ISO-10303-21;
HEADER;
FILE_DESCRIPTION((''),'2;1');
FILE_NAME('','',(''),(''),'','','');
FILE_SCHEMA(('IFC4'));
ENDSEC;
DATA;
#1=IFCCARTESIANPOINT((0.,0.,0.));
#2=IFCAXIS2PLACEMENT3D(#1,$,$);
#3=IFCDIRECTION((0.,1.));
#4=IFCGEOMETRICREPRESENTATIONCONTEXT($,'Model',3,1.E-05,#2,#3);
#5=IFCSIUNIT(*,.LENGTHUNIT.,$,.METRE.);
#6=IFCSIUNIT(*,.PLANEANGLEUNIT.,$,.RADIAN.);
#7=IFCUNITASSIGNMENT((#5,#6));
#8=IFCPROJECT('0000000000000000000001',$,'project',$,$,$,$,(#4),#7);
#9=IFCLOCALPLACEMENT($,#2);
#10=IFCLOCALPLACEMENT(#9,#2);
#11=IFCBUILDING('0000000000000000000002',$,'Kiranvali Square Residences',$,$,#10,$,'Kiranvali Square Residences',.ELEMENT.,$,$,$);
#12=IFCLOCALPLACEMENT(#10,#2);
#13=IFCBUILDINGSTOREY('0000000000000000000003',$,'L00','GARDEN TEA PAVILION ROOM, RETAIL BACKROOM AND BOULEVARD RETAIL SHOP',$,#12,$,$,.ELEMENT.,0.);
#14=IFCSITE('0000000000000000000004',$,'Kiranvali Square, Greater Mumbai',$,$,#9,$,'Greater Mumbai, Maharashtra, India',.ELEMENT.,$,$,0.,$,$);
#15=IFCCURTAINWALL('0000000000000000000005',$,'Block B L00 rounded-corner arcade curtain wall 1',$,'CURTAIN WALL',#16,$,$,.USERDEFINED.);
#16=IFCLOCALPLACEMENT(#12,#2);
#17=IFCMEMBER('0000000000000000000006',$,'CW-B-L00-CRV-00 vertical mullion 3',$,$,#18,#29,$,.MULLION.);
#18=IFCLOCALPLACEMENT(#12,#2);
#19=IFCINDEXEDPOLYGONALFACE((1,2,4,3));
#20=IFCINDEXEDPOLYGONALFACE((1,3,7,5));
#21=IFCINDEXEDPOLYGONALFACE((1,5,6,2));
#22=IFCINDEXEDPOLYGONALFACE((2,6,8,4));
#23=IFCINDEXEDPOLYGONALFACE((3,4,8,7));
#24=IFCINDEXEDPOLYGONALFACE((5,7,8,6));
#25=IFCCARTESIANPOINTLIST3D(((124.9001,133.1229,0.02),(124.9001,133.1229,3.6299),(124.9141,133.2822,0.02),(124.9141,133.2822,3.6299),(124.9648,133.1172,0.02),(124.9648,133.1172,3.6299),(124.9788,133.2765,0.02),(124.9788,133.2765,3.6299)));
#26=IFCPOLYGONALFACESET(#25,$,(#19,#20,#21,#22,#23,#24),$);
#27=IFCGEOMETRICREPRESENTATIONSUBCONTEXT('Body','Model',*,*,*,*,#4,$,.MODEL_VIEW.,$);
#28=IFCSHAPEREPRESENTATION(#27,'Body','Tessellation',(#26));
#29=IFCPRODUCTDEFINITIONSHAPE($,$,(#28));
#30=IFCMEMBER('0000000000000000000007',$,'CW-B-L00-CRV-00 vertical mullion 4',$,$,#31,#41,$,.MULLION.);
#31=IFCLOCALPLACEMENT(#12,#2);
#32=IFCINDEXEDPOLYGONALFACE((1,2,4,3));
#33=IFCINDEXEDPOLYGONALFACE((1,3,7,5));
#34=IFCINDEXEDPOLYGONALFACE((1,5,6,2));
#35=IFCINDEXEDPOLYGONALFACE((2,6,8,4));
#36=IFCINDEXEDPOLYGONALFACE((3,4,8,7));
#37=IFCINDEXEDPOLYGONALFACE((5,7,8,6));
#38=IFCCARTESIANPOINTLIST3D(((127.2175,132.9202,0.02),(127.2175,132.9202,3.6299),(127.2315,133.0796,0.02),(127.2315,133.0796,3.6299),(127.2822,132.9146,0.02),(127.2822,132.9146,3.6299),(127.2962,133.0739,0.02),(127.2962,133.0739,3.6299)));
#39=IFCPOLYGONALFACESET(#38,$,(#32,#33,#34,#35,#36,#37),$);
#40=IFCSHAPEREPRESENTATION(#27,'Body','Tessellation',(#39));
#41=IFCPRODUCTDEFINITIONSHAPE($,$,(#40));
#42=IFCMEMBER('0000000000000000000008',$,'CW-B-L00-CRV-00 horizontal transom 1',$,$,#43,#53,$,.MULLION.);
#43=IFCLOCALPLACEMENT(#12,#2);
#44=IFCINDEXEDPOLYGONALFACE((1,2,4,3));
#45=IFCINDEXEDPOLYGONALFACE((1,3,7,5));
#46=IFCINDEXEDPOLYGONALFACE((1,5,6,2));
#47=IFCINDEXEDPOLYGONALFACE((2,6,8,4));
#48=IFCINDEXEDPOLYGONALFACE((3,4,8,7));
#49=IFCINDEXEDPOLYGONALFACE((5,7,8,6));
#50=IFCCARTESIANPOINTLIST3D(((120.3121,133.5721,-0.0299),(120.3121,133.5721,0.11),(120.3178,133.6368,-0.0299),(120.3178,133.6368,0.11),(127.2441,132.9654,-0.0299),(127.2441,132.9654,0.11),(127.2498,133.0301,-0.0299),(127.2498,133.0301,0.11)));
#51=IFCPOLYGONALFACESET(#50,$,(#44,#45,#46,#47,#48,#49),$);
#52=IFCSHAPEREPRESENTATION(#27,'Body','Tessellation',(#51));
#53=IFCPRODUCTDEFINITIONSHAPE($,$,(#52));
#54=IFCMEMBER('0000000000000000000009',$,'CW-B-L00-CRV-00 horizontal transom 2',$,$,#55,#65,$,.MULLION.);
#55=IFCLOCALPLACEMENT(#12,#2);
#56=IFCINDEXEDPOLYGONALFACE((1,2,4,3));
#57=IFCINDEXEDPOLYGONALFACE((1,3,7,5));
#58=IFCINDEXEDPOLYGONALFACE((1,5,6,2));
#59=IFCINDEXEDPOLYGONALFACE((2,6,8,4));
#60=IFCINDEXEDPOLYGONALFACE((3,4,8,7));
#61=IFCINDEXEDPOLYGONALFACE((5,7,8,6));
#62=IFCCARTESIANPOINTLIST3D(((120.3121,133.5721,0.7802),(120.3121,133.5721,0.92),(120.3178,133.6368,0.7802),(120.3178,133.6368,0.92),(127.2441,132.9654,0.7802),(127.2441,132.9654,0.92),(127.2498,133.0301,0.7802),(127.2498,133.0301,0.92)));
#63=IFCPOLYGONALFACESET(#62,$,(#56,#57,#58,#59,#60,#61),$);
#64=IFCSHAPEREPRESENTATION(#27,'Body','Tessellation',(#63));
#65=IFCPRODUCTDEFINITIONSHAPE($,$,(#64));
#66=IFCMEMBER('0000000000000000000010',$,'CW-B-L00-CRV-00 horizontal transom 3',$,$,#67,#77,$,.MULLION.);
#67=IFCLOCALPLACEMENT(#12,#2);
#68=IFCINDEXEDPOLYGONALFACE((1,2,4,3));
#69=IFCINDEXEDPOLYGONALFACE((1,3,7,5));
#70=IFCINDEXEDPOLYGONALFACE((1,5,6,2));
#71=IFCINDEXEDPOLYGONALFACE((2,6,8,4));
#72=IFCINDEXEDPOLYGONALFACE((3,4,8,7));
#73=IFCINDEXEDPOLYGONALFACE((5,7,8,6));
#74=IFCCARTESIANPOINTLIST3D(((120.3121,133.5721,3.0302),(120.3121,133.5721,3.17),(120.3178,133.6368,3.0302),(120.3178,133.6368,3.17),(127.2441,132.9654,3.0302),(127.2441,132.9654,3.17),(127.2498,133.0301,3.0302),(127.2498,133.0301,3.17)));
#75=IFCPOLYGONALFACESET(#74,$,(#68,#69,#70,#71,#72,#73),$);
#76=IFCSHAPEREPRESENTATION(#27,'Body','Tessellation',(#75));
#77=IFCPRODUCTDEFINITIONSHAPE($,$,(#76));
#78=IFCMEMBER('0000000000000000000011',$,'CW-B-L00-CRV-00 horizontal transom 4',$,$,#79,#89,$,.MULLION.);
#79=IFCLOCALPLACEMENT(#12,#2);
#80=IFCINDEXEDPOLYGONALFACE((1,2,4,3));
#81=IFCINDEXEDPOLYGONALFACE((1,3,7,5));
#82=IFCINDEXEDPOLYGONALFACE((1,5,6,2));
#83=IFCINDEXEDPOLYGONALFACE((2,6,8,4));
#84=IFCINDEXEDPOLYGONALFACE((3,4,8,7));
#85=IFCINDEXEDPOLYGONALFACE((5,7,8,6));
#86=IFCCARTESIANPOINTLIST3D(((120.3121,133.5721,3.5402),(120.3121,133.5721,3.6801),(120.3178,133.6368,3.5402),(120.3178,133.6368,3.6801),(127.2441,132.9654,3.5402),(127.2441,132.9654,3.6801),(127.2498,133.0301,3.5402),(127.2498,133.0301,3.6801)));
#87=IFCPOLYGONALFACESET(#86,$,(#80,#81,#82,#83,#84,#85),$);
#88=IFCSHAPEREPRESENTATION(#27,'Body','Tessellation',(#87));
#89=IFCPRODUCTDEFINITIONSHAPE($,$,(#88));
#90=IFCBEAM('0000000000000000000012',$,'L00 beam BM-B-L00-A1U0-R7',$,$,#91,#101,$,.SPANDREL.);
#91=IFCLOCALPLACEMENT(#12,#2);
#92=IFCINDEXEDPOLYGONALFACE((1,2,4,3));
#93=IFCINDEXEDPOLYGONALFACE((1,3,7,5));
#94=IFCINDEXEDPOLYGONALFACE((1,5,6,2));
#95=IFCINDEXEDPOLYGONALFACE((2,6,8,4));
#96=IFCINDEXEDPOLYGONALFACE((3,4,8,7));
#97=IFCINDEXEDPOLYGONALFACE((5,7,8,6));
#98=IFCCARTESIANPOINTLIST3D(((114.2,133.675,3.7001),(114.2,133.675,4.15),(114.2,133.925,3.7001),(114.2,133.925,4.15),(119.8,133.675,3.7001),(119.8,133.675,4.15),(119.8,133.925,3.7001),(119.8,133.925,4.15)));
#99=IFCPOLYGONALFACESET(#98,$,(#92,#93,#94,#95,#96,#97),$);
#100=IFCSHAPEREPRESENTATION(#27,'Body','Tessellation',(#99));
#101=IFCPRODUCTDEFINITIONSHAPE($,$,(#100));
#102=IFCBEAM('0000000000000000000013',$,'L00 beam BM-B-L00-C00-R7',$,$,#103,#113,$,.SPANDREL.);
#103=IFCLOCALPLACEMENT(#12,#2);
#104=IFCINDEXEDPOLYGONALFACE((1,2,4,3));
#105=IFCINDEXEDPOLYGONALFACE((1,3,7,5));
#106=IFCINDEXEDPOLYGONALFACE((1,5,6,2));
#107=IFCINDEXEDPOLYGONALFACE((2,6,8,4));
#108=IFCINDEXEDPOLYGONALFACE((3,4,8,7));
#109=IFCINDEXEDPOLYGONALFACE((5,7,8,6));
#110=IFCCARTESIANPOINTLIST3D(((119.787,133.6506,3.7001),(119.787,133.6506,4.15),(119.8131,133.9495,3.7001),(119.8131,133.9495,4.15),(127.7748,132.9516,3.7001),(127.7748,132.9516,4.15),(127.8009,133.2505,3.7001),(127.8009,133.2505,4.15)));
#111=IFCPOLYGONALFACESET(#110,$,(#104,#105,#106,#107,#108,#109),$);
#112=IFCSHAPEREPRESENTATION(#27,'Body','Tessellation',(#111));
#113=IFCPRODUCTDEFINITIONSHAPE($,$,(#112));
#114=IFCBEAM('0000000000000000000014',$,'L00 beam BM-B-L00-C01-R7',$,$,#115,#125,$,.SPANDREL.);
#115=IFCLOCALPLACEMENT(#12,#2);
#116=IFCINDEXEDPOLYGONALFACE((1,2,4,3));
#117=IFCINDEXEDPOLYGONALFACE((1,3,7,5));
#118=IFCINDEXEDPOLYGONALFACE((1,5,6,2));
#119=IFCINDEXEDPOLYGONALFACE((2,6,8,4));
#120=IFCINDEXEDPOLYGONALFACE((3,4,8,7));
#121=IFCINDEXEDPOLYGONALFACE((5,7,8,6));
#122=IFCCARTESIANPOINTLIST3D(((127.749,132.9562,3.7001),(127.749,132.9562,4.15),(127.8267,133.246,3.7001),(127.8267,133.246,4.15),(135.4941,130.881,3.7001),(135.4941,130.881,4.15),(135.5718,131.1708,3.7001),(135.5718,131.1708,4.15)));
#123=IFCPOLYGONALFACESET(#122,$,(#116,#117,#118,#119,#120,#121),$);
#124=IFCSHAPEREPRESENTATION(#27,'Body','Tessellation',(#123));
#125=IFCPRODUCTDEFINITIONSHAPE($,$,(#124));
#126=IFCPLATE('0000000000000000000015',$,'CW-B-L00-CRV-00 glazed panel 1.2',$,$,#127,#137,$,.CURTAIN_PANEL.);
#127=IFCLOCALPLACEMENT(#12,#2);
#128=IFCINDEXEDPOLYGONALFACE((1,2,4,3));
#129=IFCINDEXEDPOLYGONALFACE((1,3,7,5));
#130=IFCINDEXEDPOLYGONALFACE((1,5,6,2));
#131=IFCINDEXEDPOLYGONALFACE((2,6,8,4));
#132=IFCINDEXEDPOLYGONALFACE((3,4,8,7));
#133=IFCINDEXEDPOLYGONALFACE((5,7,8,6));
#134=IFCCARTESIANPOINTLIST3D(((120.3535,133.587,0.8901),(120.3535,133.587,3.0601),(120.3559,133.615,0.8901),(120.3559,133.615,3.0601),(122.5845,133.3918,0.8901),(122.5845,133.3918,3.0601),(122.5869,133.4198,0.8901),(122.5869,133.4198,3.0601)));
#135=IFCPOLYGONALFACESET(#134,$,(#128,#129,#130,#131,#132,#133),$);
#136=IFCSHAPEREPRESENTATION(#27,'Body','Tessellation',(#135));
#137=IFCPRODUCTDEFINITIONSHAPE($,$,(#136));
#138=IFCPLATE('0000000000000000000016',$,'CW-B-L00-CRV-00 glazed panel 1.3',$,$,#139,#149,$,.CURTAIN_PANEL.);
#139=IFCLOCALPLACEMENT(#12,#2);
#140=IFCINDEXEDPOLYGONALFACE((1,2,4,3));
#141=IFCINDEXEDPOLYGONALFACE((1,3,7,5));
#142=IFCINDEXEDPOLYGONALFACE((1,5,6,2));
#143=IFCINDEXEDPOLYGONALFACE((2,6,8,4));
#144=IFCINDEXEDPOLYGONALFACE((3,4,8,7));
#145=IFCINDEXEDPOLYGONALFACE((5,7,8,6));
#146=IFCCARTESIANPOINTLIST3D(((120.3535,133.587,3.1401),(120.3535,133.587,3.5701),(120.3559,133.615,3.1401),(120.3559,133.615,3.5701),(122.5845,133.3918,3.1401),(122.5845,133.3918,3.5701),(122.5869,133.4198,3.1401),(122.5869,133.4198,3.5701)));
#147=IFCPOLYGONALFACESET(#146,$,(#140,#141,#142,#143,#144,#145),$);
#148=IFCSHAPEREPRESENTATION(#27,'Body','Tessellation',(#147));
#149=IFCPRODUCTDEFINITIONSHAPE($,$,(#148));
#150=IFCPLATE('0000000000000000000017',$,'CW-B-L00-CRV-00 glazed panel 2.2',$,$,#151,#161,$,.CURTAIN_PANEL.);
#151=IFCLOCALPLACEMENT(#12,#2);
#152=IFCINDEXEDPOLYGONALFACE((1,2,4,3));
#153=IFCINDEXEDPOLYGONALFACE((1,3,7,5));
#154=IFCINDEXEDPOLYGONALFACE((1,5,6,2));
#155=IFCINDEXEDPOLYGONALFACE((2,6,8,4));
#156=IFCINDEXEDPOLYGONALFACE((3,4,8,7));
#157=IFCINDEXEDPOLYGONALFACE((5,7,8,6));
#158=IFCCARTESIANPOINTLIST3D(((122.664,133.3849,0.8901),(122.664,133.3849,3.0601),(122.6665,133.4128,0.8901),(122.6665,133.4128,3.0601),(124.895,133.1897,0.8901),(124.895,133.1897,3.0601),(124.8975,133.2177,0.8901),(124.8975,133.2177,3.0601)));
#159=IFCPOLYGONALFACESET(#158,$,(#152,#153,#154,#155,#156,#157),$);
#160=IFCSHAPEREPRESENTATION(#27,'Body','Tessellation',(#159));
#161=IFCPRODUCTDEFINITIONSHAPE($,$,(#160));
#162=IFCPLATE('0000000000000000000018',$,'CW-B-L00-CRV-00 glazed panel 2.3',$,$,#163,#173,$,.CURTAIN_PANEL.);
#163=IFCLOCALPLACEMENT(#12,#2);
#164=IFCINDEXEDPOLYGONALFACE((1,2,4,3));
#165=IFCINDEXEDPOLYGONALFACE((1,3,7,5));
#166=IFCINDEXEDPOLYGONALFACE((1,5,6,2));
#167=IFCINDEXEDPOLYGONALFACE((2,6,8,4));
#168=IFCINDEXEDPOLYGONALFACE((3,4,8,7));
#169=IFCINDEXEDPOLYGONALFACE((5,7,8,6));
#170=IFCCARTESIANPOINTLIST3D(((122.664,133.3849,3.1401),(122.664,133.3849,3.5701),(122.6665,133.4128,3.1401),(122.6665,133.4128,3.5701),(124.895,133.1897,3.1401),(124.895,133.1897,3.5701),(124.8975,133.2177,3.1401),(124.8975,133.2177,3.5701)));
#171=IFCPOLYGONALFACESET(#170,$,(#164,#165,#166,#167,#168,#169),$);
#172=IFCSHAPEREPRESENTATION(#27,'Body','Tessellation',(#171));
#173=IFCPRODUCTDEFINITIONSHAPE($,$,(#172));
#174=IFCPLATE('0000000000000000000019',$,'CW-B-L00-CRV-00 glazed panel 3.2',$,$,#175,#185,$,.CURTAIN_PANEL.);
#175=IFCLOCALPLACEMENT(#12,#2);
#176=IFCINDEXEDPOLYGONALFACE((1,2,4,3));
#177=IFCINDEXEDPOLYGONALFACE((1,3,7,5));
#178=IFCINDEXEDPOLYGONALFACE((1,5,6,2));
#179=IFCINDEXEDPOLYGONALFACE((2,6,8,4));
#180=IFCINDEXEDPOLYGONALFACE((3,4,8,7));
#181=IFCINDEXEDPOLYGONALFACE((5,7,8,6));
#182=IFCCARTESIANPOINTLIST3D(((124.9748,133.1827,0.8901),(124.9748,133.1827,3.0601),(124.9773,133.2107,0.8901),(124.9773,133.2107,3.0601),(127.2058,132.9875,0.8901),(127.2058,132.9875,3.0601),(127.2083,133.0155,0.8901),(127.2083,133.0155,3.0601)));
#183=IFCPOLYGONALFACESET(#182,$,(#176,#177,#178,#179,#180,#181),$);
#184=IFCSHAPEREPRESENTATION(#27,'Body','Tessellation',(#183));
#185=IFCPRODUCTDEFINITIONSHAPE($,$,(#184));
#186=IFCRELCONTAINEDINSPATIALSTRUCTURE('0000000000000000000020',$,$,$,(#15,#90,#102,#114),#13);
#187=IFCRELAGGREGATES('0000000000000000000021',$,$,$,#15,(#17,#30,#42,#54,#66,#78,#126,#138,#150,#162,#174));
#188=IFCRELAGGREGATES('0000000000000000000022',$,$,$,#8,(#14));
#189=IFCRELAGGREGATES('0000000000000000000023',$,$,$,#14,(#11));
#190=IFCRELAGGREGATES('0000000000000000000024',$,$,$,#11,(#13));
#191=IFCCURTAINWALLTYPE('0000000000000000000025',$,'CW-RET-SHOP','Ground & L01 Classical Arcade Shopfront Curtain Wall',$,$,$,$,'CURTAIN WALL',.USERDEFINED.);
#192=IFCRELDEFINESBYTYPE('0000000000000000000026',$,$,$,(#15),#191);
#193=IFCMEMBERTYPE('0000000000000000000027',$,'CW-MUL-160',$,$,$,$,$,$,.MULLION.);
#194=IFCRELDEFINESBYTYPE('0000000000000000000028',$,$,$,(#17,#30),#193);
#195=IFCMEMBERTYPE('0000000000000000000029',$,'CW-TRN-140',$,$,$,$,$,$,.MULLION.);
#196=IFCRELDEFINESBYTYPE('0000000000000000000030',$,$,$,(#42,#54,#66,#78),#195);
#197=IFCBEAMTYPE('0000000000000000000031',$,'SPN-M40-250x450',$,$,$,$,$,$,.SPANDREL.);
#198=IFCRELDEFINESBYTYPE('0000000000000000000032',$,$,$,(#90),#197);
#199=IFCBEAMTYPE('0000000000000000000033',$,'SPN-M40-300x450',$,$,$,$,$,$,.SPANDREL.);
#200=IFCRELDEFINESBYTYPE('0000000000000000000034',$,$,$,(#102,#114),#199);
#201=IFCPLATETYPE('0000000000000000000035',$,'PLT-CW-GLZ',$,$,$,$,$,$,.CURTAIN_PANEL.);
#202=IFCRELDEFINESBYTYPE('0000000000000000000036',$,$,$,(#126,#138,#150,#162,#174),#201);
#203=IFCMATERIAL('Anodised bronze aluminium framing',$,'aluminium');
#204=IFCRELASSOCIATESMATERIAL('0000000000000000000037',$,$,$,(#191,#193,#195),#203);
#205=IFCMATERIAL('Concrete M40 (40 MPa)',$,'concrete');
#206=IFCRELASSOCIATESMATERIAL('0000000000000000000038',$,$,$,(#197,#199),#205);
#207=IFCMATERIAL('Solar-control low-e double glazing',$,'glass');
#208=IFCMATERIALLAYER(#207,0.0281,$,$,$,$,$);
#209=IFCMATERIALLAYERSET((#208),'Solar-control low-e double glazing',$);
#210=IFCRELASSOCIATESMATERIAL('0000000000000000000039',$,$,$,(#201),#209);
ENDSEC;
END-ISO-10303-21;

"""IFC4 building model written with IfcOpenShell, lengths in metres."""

from ifc_helpers import new_model, si_unit, direction, frame, origin, origin_2d, place, context, subcontext, project, spatial, rectangle, extrude, material, layer, layer_set, material_profile, profile_set, type_object, element, aggregate, save


model = new_model("IFC4")

# Units and contexts
model_context = context("Model", 3, precision=1e-05, world=origin(), true_north=direction((0.0, 1.0)))
body_context = subcontext(model_context, "Body", "Model", "MODEL_VIEW")
ifc_project = project(units=[si_unit("LENGTHUNIT", "METRE"), si_unit("PLANEANGLEUNIT", "RADIAN")], contexts=[model_context])

# Site, building, storey
site_placement = place(None, origin())
site = spatial("IfcSite", under=ifc_project, at=site_placement, Name="Kiranvali Square, Greater Mumbai", LongName="Greater Mumbai, Maharashtra, India", CompositionType="ELEMENT", RefElevation=0.0)
building_placement = place(site_placement, origin())
building = spatial("IfcBuilding", under=site, at=building_placement, Name="Kiranvali Square Residences", LongName="Kiranvali Square Residences", CompositionType="ELEMENT")
storey_placement = place(building_placement, origin())
storey = spatial("IfcBuildingStorey", under=building, at=storey_placement, Name="L00", Description="GARDEN TEA PAVILION ROOM, RETAIL BACKROOM AND BOULEVARD RETAIL SHOP", CompositionType="ELEMENT", Elevation=0.0)

# Curtain wall, members
ifc_material_1 = material(Name="Anodised bronze aluminium framing", Category="aluminium")
curtain_wall_type = type_object("IfcCurtainWallType", Name="CW-RET-SHOP", Description="Ground & L01 Classical Arcade Shopfront Curtain Wall", ElementType="CURTAIN WALL", PredefinedType="USERDEFINED", material=ifc_material_1)
curtain_wall_placement = place(storey_placement, origin())
curtain_wall = element("IfcCurtainWall", 1, at=curtain_wall_placement, inside=storey, type_object=curtain_wall_type, Name="Block B L00 rounded-corner arcade curtain wall 1", ObjectType="CURTAIN WALL", PredefinedType="USERDEFINED")
ifc_material_profile_1 = material_profile(ifc_material_1, rectangle(XDim=0.0649, YDim=0.1599, at=origin_2d()), Name="ALU 65x160")
ifc_profile_set_1 = profile_set([ifc_material_profile_1], Name="Anodised bronze aluminium framing")
member_type_1 = type_object("IfcMemberType", Name="CW-MUL-160", PredefinedType="MULLION", material=ifc_profile_set_1)
member_1_placement = place(storey_placement, frame((124.9395, 133.1997, 0.02), z_axis=(0.0, 0.0, 1.0), x_axis=(0.996195, -0.087156, 0.0)))
member_1 = element("IfcMember", 2, at=member_1_placement, type_object=member_type_1, Name="CW-B-L00-CRV-00 vertical mullion 3", PredefinedType="MULLION", context=body_context, shape_type="SweptSolid", body=[
    extrude(rectangle(XDim=0.0649, YDim=0.1599, at=origin_2d()), origin(), (0.0, 0.0, 1.0), 3.6099),
])
member_2_placement = place(storey_placement, frame((127.2568, 132.9971, 0.02), z_axis=(0.0, 0.0, 1.0), x_axis=(0.996195, -0.087156, 0.0)))
member_2 = element("IfcMember", 3, at=member_2_placement, type_object=member_type_1, Name="CW-B-L00-CRV-00 vertical mullion 4", PredefinedType="MULLION", context=body_context, shape_type="SweptSolid", body=[
    extrude(rectangle(XDim=0.0649, YDim=0.1599, at=origin_2d()), origin(), (0.0, 0.0, 1.0), 3.6099),
])
ifc_material_profile_2 = material_profile(ifc_material_1, rectangle(XDim=0.0649, YDim=0.1399, at=origin_2d()), Name="ALU 65x140")
ifc_profile_set_2 = profile_set([ifc_material_profile_2], Name="Anodised bronze aluminium framing")
member_type_2 = type_object("IfcMemberType", Name="CW-TRN-140", PredefinedType="MULLION", material=ifc_profile_set_2)
member_3_placement = place(storey_placement, frame((120.3149, 133.6045, 0.04), z_axis=(0.996192, -0.087188, 0.0), x_axis=(0.087188, 0.996192, 0.0)))
member_3 = element("IfcMember", 4, at=member_3_placement, type_object=member_type_2, Name="CW-B-L00-CRV-00 horizontal transom 1", PredefinedType="MULLION", context=body_context, shape_type="SweptSolid", body=[
    extrude(rectangle(XDim=0.0649, YDim=0.1399, at=origin_2d()), origin(), (0.0, 0.0, 1.0), 6.9585),
])
member_4_placement = place(storey_placement, frame((120.3149, 133.6045, 0.8501), z_axis=(0.996192, -0.087188, 0.0), x_axis=(0.087188, 0.996192, 0.0)))
member_4 = element("IfcMember", 5, at=member_4_placement, type_object=member_type_2, Name="CW-B-L00-CRV-00 horizontal transom 2", PredefinedType="MULLION", context=body_context, shape_type="SweptSolid", body=[
    extrude(rectangle(XDim=0.0649, YDim=0.1399, at=origin_2d()), origin(), (0.0, 0.0, 1.0), 6.9585),
])
member_5_placement = place(storey_placement, frame((120.3149, 133.6045, 3.1001), z_axis=(0.996192, -0.087188, 0.0), x_axis=(0.087188, 0.996192, 0.0)))
member_5 = element("IfcMember", 6, at=member_5_placement, type_object=member_type_2, Name="CW-B-L00-CRV-00 horizontal transom 3", PredefinedType="MULLION", context=body_context, shape_type="SweptSolid", body=[
    extrude(rectangle(XDim=0.0649, YDim=0.1399, at=origin_2d()), origin(), (0.0, 0.0, 1.0), 6.9585),
])
member_6_placement = place(storey_placement, frame((120.3149, 133.6045, 3.6101), z_axis=(0.996192, -0.087188, 0.0), x_axis=(0.087188, 0.996192, 0.0)))
member_6 = element("IfcMember", 7, at=member_6_placement, type_object=member_type_2, Name="CW-B-L00-CRV-00 horizontal transom 4", PredefinedType="MULLION", context=body_context, shape_type="SweptSolid", body=[
    extrude(rectangle(XDim=0.0649, YDim=0.1399, at=origin_2d()), origin(), (0.0, 0.0, 1.0), 6.9585),
])

# Beams
ifc_material_2 = material(Name="Concrete M40 (40 MPa)", Category="concrete")
ifc_material_profile_3 = material_profile(ifc_material_2, rectangle(XDim=0.25, YDim=0.45, at=origin_2d()), Name="RC 250x450")
ifc_profile_set_3 = profile_set([ifc_material_profile_3], Name="Concrete M40 (40 MPa)")
beam_type_1 = type_object("IfcBeamType", Name="SPN-M40-250x450", PredefinedType="SPANDREL", material=ifc_profile_set_3)
beam_1_placement = place(storey_placement, frame((119.8, 133.8, 3.925), z_axis=(-1.0, 0.0, 0.0), x_axis=(0.0, -1.0, 0.0)))
element("IfcBeam", 8, at=beam_1_placement, inside=storey, type_object=beam_type_1, Name="L00 beam BM-B-L00-A1U0-R7", PredefinedType="SPANDREL", context=body_context, shape_type="SweptSolid", body=[
    extrude(rectangle(XDim=0.25, YDim=0.45, at=origin_2d()), origin(), (0.0, 0.0, 1.0), 5.6001),
])
ifc_material_profile_4 = material_profile(ifc_material_2, rectangle(XDim=0.3, YDim=0.45, at=origin_2d()), Name="RC 300x450")
ifc_profile_set_4 = profile_set([ifc_material_profile_4], Name="Concrete M40 (40 MPa)")
beam_type_2 = type_object("IfcBeamType", Name="SPN-M40-300x450", PredefinedType="SPANDREL", material=ifc_profile_set_4)
for number, where, z_axis, x_axis, name in (
    (9, (119.8, 133.8, 3.925), (0.996193, -0.087172, 0.0), (0.087172, 0.996193, 0.0), "L00 beam BM-B-L00-C00-R7"),
    (10, (127.7878, 133.1011, 3.925), (0.965929, -0.258807, 0.0), (0.258807, 0.965929, 0.0), "L00 beam BM-B-L00-C01-R7"),
):
    element("IfcBeam", number, at=place(storey_placement, frame(where, z_axis=z_axis, x_axis=x_axis)), inside=storey, type_object=beam_type_2, Name=name, PredefinedType="SPANDREL", context=body_context, shape_type="SweptSolid", body=[
        extrude(rectangle(XDim=0.3, YDim=0.45, at=origin_2d()), origin(), (0.0, 0.0, 1.0), 8.0183),
    ])

# Plates
ifc_material_3 = material(Name="Solar-control low-e double glazing", Category="glass")
ifc_layer_1 = layer(ifc_material_3, 0.0281)
ifc_layer_set_1 = layer_set([ifc_layer_1], Name="Solar-control low-e double glazing")
plate_type_1 = type_object("IfcPlateType", Name="PLT-CW-GLZ", PredefinedType="CURTAIN_PANEL", material=ifc_layer_set_1)
plate_1_placement = place(storey_placement, frame((121.4702, 133.5034, 0.8901), z_axis=(0.0, 0.0, 1.0), x_axis=(0.996195, -0.087156, 0.0)))
plate_1 = element("IfcPlate", 11, at=plate_1_placement, type_object=plate_type_1, Name="CW-B-L00-CRV-00 glazed panel 1.2", PredefinedType="CURTAIN_PANEL", context=body_context, shape_type="SweptSolid", body=[
    extrude(rectangle(XDim=2.2395, YDim=0.0281, at=origin_2d()), origin(), (0.0, 0.0, 1.0), 2.1699),
])
plate_2_placement = place(storey_placement, frame((121.4702, 133.5034, 3.1401), z_axis=(0.0, 0.0, 1.0), x_axis=(0.996195, -0.087156, 0.0)))
plate_2 = element("IfcPlate", 12, at=plate_2_placement, type_object=plate_type_1, Name="CW-B-L00-CRV-00 glazed panel 1.3", PredefinedType="CURTAIN_PANEL", context=body_context, shape_type="SweptSolid", body=[
    extrude(rectangle(XDim=2.2395, YDim=0.0281, at=origin_2d()), origin(), (0.0, 0.0, 1.0), 0.4299),
])
plate_3_placement = place(storey_placement, frame((123.7808, 133.3013, 0.8901), z_axis=(0.0, 0.0, 1.0), x_axis=(0.996195, -0.087156, 0.0)))
plate_3 = element("IfcPlate", 13, at=plate_3_placement, type_object=plate_type_1, Name="CW-B-L00-CRV-00 glazed panel 2.2", PredefinedType="CURTAIN_PANEL", context=body_context, shape_type="SweptSolid", body=[
    extrude(rectangle(XDim=2.2395, YDim=0.0281, at=origin_2d()), origin(), (0.0, 0.0, 1.0), 2.1699),
])
plate_4_placement = place(storey_placement, frame((123.7808, 133.3013, 3.1401), z_axis=(0.0, 0.0, 1.0), x_axis=(0.996195, -0.087156, 0.0)))
plate_4 = element("IfcPlate", 14, at=plate_4_placement, type_object=plate_type_1, Name="CW-B-L00-CRV-00 glazed panel 2.3", PredefinedType="CURTAIN_PANEL", context=body_context, shape_type="SweptSolid", body=[
    extrude(rectangle(XDim=2.2395, YDim=0.0281, at=origin_2d()), origin(), (0.0, 0.0, 1.0), 0.4299),
])
plate_5_placement = place(storey_placement, frame((126.0916, 133.0991, 0.8901), z_axis=(0.0, 0.0, 1.0), x_axis=(0.996195, -0.087156, 0.0)))
plate_5 = element("IfcPlate", 15, at=plate_5_placement, type_object=plate_type_1, Name="CW-B-L00-CRV-00 glazed panel 3.2", PredefinedType="CURTAIN_PANEL", context=body_context, shape_type="SweptSolid", body=[
    extrude(rectangle(XDim=2.2395, YDim=0.0281, at=origin_2d()), origin(), (0.0, 0.0, 1.0), 2.1699),
])
aggregate(curtain_wall, [member_1, member_2, member_3, member_4, member_5, member_6, plate_1, plate_2, plate_3, plate_4, plate_5])

save(model, "model.ifc")
